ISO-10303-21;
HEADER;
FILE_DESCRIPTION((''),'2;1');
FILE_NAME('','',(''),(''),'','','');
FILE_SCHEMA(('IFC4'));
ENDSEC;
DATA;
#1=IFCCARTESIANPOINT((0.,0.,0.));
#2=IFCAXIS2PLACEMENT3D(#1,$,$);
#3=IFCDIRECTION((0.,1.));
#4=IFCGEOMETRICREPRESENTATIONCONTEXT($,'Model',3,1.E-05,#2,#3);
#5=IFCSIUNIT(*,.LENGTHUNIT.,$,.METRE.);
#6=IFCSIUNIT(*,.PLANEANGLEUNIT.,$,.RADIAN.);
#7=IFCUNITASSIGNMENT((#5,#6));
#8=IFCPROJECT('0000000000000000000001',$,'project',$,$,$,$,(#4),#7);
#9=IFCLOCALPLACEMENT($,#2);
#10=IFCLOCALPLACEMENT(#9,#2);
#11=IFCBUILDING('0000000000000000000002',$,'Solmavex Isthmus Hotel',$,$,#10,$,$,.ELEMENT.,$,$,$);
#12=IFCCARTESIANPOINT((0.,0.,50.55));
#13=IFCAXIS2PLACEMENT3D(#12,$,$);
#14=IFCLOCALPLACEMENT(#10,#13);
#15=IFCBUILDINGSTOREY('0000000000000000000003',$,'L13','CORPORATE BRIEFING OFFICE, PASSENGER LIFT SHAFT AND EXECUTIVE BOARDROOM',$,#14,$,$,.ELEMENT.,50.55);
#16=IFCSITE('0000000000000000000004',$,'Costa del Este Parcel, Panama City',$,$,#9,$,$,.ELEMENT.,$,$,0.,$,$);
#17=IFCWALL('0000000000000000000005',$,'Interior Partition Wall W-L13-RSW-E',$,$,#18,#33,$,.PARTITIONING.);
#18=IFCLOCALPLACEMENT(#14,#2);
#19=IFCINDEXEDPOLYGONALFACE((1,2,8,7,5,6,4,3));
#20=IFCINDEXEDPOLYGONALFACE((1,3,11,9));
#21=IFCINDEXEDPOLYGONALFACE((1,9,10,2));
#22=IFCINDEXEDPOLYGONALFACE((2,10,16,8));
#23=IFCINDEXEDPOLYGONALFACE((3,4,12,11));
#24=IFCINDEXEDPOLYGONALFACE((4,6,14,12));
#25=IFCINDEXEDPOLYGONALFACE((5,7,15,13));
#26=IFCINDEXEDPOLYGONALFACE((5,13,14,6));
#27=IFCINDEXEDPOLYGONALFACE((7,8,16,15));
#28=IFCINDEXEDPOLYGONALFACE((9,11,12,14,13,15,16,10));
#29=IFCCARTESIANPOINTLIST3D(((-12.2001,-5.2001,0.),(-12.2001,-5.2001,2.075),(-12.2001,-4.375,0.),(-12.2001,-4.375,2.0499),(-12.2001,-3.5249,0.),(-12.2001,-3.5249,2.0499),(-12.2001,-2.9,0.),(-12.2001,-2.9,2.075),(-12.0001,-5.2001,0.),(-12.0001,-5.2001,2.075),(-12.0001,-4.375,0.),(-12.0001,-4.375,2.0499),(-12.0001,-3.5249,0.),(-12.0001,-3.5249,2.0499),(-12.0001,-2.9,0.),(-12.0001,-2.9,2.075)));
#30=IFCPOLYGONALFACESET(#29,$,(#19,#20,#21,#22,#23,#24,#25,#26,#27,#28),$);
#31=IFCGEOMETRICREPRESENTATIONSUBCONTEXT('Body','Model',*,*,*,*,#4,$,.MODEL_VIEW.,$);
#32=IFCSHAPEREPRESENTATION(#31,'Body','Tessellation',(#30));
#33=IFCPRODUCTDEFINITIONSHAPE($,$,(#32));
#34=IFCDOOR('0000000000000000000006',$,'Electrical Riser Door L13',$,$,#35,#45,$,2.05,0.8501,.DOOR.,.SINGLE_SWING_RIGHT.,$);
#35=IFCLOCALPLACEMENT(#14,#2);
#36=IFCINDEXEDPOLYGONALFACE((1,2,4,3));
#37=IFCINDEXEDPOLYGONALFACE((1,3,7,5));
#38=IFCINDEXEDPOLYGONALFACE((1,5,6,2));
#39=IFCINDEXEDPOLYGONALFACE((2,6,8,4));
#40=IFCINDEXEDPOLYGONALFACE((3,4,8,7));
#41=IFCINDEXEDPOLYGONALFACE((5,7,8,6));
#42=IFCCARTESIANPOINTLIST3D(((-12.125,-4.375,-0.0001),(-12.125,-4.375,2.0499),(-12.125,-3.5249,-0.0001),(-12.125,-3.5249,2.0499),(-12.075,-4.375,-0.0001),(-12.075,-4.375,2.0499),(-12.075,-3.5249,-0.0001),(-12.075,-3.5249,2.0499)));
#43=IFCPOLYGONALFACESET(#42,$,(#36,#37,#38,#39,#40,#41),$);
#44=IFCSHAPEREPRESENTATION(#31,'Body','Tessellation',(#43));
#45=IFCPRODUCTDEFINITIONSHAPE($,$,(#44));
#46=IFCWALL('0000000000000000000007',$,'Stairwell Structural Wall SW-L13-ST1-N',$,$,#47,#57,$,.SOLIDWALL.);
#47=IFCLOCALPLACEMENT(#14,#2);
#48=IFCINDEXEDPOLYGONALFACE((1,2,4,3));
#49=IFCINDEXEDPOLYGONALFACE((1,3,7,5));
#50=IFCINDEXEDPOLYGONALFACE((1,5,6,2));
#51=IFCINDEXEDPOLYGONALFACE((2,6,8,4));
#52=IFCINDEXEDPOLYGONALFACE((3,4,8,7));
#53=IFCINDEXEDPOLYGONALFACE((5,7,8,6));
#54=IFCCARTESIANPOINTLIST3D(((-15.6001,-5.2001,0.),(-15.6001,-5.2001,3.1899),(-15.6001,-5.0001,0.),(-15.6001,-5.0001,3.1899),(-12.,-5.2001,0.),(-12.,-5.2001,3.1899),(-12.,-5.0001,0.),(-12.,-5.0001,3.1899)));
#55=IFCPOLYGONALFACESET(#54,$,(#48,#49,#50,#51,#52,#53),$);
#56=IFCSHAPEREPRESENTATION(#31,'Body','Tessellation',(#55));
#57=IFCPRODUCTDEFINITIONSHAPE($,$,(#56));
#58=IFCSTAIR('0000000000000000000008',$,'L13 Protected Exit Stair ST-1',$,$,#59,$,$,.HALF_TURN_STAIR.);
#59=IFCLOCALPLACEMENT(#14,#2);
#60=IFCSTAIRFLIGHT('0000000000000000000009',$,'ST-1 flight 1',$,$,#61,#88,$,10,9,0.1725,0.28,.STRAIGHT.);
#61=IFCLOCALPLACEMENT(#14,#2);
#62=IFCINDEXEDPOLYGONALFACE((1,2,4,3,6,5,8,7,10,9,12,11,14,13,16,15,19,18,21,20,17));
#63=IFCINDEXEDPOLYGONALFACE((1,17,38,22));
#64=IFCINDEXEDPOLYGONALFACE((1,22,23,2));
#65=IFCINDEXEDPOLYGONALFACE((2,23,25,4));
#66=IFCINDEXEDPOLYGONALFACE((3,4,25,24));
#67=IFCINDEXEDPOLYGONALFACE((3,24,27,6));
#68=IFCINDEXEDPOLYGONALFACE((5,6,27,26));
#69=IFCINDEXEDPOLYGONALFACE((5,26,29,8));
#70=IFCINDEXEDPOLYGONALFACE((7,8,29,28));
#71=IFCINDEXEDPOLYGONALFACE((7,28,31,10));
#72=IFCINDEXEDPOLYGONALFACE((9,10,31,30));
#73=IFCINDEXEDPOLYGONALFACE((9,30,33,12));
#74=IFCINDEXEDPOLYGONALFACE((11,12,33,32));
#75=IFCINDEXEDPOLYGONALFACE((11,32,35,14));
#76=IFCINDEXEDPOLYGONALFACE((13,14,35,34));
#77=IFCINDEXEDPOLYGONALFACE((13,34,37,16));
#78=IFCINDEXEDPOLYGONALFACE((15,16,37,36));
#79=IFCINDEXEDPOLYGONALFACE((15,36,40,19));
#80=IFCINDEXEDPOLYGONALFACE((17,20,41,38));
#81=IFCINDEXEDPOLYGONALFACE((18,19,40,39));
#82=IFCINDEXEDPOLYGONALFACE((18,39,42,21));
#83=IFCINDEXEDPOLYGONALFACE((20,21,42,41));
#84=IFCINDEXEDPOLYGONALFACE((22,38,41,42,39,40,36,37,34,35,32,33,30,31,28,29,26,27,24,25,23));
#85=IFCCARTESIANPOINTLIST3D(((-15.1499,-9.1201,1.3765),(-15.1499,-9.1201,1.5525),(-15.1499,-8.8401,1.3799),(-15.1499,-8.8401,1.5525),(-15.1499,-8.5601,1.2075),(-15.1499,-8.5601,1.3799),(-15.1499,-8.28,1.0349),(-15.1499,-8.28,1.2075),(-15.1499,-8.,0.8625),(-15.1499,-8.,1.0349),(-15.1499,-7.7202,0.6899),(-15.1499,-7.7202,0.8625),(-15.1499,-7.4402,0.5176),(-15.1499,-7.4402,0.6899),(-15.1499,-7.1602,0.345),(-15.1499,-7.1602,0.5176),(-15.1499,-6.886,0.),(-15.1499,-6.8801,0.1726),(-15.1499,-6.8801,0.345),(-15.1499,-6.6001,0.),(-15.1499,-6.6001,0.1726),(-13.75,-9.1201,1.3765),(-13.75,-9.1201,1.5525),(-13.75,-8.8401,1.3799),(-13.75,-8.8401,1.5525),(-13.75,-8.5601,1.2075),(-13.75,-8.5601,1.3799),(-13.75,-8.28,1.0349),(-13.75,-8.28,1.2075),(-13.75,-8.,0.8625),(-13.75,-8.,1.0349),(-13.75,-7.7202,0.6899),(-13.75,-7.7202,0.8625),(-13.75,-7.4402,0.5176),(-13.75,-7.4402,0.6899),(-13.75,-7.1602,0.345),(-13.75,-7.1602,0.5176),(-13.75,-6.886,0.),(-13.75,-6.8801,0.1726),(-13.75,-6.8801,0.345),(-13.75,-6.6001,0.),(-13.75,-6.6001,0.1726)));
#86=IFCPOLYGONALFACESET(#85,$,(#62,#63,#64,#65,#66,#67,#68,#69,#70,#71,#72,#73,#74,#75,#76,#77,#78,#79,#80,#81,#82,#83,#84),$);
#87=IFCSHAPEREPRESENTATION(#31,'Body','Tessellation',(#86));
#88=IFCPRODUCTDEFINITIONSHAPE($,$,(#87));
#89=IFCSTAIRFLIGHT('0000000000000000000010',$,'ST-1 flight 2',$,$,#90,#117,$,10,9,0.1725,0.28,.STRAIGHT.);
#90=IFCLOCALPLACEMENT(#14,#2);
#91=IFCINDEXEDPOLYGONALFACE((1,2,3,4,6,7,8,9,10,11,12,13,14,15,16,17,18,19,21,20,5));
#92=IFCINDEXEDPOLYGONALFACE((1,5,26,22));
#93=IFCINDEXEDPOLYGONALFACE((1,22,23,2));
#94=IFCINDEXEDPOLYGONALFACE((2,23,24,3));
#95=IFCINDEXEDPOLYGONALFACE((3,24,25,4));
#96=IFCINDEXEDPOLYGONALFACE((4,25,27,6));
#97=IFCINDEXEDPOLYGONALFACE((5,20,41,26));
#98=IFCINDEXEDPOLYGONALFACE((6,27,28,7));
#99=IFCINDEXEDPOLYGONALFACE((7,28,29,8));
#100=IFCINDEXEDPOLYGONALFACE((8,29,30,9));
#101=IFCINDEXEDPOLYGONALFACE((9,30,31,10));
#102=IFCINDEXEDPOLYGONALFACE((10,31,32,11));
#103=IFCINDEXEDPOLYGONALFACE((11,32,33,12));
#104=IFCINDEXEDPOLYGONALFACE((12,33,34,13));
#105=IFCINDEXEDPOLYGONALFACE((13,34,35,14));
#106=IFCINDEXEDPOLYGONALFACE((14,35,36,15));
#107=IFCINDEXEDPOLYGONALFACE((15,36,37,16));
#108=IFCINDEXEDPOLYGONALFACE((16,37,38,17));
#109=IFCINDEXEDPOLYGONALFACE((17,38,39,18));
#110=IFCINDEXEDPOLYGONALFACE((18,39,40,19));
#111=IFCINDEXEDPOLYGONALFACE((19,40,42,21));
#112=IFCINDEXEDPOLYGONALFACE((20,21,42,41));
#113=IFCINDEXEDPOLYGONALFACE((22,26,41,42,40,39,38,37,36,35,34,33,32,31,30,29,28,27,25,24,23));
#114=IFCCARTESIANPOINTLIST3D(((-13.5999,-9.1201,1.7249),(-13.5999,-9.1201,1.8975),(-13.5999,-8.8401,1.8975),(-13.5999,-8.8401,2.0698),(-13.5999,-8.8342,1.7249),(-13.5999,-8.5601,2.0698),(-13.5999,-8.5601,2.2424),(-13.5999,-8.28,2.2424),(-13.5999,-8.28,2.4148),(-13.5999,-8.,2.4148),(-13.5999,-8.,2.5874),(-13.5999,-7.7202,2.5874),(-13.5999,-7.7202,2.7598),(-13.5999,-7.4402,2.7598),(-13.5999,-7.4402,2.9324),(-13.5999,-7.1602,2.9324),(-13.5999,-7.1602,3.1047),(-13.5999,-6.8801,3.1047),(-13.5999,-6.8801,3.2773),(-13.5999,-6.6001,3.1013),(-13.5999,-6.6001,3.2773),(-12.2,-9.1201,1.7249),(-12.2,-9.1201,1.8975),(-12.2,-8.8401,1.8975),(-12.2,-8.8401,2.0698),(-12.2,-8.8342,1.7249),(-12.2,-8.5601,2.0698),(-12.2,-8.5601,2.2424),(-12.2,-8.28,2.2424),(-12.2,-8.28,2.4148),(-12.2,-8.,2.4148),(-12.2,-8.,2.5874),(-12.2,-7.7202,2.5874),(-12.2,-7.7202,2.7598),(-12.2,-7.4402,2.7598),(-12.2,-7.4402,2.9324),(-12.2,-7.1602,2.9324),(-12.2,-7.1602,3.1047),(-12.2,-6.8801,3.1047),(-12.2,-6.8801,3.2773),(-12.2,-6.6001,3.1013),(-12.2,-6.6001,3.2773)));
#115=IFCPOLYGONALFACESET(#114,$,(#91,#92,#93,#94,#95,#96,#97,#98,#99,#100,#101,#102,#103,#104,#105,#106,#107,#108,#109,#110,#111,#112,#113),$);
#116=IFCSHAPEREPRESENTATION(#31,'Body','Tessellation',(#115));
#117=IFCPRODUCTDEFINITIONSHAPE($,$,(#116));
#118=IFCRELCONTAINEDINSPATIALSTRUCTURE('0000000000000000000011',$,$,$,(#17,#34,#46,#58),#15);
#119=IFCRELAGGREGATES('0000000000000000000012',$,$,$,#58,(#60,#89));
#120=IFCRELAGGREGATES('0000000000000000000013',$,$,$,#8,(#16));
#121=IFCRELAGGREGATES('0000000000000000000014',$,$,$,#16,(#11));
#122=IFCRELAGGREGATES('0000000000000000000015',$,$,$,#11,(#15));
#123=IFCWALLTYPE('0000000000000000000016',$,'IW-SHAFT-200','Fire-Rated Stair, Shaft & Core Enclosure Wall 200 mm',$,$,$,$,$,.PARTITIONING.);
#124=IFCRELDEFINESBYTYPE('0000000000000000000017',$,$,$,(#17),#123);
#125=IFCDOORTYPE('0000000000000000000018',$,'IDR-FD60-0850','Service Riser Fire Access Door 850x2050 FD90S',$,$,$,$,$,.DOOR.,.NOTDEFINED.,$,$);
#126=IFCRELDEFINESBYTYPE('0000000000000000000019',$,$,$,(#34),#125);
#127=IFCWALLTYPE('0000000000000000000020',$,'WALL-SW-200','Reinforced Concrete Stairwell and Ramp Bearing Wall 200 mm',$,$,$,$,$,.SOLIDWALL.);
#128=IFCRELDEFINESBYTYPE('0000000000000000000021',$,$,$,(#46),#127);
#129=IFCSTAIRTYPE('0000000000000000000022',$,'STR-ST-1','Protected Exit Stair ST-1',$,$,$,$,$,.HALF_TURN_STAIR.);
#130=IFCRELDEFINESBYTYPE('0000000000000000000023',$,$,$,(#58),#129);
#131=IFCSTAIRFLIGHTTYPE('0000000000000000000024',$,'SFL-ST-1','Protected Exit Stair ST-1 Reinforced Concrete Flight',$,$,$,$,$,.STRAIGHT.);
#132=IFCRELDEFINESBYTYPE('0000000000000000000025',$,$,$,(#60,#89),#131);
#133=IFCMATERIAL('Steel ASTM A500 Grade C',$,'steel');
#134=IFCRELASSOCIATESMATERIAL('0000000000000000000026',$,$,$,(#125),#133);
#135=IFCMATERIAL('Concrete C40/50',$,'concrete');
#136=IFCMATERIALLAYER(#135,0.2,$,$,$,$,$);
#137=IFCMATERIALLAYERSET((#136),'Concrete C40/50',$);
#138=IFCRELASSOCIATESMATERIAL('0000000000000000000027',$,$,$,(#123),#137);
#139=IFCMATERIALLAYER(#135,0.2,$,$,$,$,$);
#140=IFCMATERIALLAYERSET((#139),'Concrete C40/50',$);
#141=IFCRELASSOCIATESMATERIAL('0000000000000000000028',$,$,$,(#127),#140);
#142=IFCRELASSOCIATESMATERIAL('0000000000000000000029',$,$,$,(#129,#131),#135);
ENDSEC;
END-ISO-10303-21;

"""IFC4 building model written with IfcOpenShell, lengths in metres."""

from ifc_helpers import new_model, si_unit, direction, frame, frame_2d, origin, place, context, subcontext, project, spatial, polyline, rectangle, outline, extrude, material, layer, layer_set, type_object, element, fill, aggregate, save


model = new_model("IFC4")

# Units and contexts
model_context = context("Model", 3, precision=1e-05, world=origin(), true_north=direction((0.0, 1.0)))
body_context = subcontext(model_context, "Body", "Model", "MODEL_VIEW")
ifc_project = project(units=[si_unit("LENGTHUNIT", "METRE"), si_unit("PLANEANGLEUNIT", "RADIAN")], contexts=[model_context])

# Site, building, storey
site_placement = place(None, origin())
site = spatial("IfcSite", under=ifc_project, at=site_placement, Name="Costa del Este Parcel, Panama City", CompositionType="ELEMENT", RefElevation=0.0)
building_placement = place(site_placement, origin())
building = spatial("IfcBuilding", under=site, at=building_placement, Name="Solmavex Isthmus Hotel", CompositionType="ELEMENT")
storey_placement = place(building_placement, frame((0.0, 0.0, 50.55)))
storey = spatial("IfcBuildingStorey", under=building, at=storey_placement, Name="L13", Description="CORPORATE BRIEFING OFFICE, PASSENGER LIFT SHAFT AND EXECUTIVE BOARDROOM", CompositionType="ELEMENT", Elevation=50.55)

# Shared definitions
ifc_material_1 = material(Name="Concrete C40/50", Category="concrete")

# Shared definitions
ifc_material_2 = material(Name="Steel ASTM A500 Grade C", Category="steel")
door_type_1 = type_object("IfcDoorType", Name="IDR-FD60-0850", Description="Service Riser Fire Access Door 850x2050 FD90S", OperationType="NOTDEFINED", PredefinedType="DOOR", material=ifc_material_2)

# Wall, opening, door
ifc_layer_1 = layer(ifc_material_1, 0.2)
ifc_layer_set_1 = layer_set([ifc_layer_1], Name="Concrete C40/50")
wall_type_1 = type_object("IfcWallType", Name="IW-SHAFT-200", Description="Fire-Rated Stair, Shaft & Core Enclosure Wall 200 mm", PredefinedType="PARTITIONING", material=ifc_layer_set_1)
wall_1_placement = place(storey_placement, frame((-12.1001, -5.2, 0.0), z_axis=(0.0, 0.0, 1.0), x_axis=(0.0, 1.0, 0.0)))
wall_1 = element("IfcWall", 1, at=wall_1_placement, inside=storey, type_object=wall_type_1, Name="Interior Partition Wall W-L13-RSW-E", PredefinedType="PARTITIONING", context=body_context, shape_type="SweptSolid", body=[
    extrude(rectangle(XDim=2.3, YDim=0.2, at=frame_2d((1.1499, 0.0))), origin(), (0.0, 0.0, 1.0), 2.075),
])
opening_1_placement = place(wall_1_placement, frame((0.825, 0.0, 0.0)))
opening_1 = element("IfcOpeningElement", 2, at=opening_1_placement, cuts=wall_1, PredefinedType="OPENING", context=body_context, shape_type="SweptSolid", body=[
    extrude(rectangle(XDim=0.8501, YDim=2.05, at=frame_2d((0.425, 1.0249))), frame((0.0, 0.1099, 0.0), z_axis=(0.0, -1.0, 0.0), x_axis=(1.0, 0.0, 0.0)), (0.0, 0.0, 1.0), 0.22),
])
door_1_placement = place(opening_1_placement, origin())
door_1 = element("IfcDoor", 3, at=door_1_placement, inside=storey, type_object=door_type_1, Name="Electrical Riser Door L13", OperationType="SINGLE_SWING_RIGHT", OverallHeight=2.05, OverallWidth=0.8501, PredefinedType="DOOR", context=body_context, shape_type="SweptSolid", body=[
    extrude(rectangle(XDim=0.8501, YDim=2.05, at=frame_2d((0.425, 1.0249))), frame((0.0, 0.0249, 0.0), z_axis=(0.0, -1.0, 0.0), x_axis=(1.0, 0.0, 0.0)), (0.0, 0.0, 1.0), 0.05),
])
fill(opening_1, door_1)

# Wall
ifc_layer_2 = layer(ifc_material_1, 0.2)
ifc_layer_set_2 = layer_set([ifc_layer_2], Name="Concrete C40/50")
wall_type_2 = type_object("IfcWallType", Name="WALL-SW-200", Description="Reinforced Concrete Stairwell and Ramp Bearing Wall 200 mm", PredefinedType="SOLIDWALL", material=ifc_layer_set_2)
wall_2_placement = place(storey_placement, frame((-15.6001, -5.1001, 0.0), z_axis=(0.0, 0.0, 1.0), x_axis=(1.0, 0.0, 0.0)))
element("IfcWall", 4, at=wall_2_placement, inside=storey, type_object=wall_type_2, Name="Stairwell Structural Wall SW-L13-ST1-N", PredefinedType="SOLIDWALL", context=body_context, shape_type="SweptSolid", body=[
    extrude(rectangle(XDim=3.6001, YDim=0.2, at=frame_2d((1.8, 0.0))), origin(), (0.0, 0.0, 1.0), 3.1899),
])

# Stair, stair flights
stair_type = type_object("IfcStairType", Name="STR-ST-1", Description="Protected Exit Stair ST-1", PredefinedType="HALF_TURN_STAIR", material=ifc_material_1)
stair_placement = place(storey_placement, origin())
stair = element("IfcStair", 5, at=stair_placement, inside=storey, type_object=stair_type, Name="L13 Protected Exit Stair ST-1", PredefinedType="HALF_TURN_STAIR")
stair_flight_type = type_object("IfcStairFlightType", Name="SFL-ST-1", Description="Protected Exit Stair ST-1 Reinforced Concrete Flight", PredefinedType="STRAIGHT", material=ifc_material_1)
stair_flight_1_placement = place(storey_placement, frame((-14.45, -6.6001, 0.0), z_axis=(0.0, 0.0, 1.0), x_axis=(0.0, -1.0, 0.0)))
stair_flight_1 = element("IfcStairFlight", 6, at=stair_flight_1_placement, type_object=stair_flight_type, Name="ST-1 flight 1", NumberOfRisers=10, NumberOfTreads=9, PredefinedType="STRAIGHT", RiserHeight=0.1725, TreadLength=0.28, context=body_context, shape_type="SweptSolid", body=[
    extrude(outline(polyline([(0.0, 0.0), (0.0, 0.1726), (0.28, 0.1726), (0.28, 0.345), (0.5601, 0.345), (0.5601, 0.5176), (0.8401, 0.5176), (0.8401, 0.6899), (1.1201, 0.6899), (1.1201, 0.8625), (1.3999, 0.8625), (1.3999, 1.0349), (1.6799, 1.0349), (1.6799, 1.2075), (1.96, 1.2075), (1.96, 1.3799), (2.24, 1.3799), (2.24, 1.5525), (2.52, 1.5525), (2.52, 1.7251), (2.52, 1.3765), (0.2859, 0.0), (0.0, 0.0)])), frame((0.0, 0.7, 0.0), z_axis=(0.0, -1.0, 0.0), x_axis=(1.0, 0.0, 0.0)), (0.0, 0.0, 1.0), 1.3999),
])
stair_flight_2_placement = place(storey_placement, frame((-12.8999, -9.1201, 1.7249), z_axis=(0.0, 0.0, 1.0), x_axis=(0.0, 1.0, 0.0)))
stair_flight_2 = element("IfcStairFlight", 7, at=stair_flight_2_placement, type_object=stair_flight_type, Name="ST-1 flight 2", NumberOfRisers=10, NumberOfTreads=9, PredefinedType="STRAIGHT", RiserHeight=0.1725, TreadLength=0.28, context=body_context, shape_type="SweptSolid", body=[
    extrude(outline(polyline([(0.0, 0.0), (0.0, 0.1726), (0.28, 0.1726), (0.28, 0.345), (0.5601, 0.345), (0.5601, 0.5176), (0.8401, 0.5176), (0.8401, 0.6899), (1.1201, 0.6899), (1.1201, 0.8625), (1.3999, 0.8625), (1.3999, 1.0349), (1.6799, 1.0349), (1.6799, 1.2075), (1.96, 1.2075), (1.96, 1.3799), (2.24, 1.3799), (2.24, 1.5525), (2.52, 1.5525), (2.52, 1.7251), (2.52, 1.3765), (0.2859, 0.0), (0.0, 0.0)])), frame((0.0, 0.7, 0.0), z_axis=(0.0, -1.0, 0.0), x_axis=(1.0, 0.0, 0.0)), (0.0, 0.0, 1.0), 1.3999),
])
aggregate(stair, [stair_flight_1, stair_flight_2])

save(model, "model.ifc")
